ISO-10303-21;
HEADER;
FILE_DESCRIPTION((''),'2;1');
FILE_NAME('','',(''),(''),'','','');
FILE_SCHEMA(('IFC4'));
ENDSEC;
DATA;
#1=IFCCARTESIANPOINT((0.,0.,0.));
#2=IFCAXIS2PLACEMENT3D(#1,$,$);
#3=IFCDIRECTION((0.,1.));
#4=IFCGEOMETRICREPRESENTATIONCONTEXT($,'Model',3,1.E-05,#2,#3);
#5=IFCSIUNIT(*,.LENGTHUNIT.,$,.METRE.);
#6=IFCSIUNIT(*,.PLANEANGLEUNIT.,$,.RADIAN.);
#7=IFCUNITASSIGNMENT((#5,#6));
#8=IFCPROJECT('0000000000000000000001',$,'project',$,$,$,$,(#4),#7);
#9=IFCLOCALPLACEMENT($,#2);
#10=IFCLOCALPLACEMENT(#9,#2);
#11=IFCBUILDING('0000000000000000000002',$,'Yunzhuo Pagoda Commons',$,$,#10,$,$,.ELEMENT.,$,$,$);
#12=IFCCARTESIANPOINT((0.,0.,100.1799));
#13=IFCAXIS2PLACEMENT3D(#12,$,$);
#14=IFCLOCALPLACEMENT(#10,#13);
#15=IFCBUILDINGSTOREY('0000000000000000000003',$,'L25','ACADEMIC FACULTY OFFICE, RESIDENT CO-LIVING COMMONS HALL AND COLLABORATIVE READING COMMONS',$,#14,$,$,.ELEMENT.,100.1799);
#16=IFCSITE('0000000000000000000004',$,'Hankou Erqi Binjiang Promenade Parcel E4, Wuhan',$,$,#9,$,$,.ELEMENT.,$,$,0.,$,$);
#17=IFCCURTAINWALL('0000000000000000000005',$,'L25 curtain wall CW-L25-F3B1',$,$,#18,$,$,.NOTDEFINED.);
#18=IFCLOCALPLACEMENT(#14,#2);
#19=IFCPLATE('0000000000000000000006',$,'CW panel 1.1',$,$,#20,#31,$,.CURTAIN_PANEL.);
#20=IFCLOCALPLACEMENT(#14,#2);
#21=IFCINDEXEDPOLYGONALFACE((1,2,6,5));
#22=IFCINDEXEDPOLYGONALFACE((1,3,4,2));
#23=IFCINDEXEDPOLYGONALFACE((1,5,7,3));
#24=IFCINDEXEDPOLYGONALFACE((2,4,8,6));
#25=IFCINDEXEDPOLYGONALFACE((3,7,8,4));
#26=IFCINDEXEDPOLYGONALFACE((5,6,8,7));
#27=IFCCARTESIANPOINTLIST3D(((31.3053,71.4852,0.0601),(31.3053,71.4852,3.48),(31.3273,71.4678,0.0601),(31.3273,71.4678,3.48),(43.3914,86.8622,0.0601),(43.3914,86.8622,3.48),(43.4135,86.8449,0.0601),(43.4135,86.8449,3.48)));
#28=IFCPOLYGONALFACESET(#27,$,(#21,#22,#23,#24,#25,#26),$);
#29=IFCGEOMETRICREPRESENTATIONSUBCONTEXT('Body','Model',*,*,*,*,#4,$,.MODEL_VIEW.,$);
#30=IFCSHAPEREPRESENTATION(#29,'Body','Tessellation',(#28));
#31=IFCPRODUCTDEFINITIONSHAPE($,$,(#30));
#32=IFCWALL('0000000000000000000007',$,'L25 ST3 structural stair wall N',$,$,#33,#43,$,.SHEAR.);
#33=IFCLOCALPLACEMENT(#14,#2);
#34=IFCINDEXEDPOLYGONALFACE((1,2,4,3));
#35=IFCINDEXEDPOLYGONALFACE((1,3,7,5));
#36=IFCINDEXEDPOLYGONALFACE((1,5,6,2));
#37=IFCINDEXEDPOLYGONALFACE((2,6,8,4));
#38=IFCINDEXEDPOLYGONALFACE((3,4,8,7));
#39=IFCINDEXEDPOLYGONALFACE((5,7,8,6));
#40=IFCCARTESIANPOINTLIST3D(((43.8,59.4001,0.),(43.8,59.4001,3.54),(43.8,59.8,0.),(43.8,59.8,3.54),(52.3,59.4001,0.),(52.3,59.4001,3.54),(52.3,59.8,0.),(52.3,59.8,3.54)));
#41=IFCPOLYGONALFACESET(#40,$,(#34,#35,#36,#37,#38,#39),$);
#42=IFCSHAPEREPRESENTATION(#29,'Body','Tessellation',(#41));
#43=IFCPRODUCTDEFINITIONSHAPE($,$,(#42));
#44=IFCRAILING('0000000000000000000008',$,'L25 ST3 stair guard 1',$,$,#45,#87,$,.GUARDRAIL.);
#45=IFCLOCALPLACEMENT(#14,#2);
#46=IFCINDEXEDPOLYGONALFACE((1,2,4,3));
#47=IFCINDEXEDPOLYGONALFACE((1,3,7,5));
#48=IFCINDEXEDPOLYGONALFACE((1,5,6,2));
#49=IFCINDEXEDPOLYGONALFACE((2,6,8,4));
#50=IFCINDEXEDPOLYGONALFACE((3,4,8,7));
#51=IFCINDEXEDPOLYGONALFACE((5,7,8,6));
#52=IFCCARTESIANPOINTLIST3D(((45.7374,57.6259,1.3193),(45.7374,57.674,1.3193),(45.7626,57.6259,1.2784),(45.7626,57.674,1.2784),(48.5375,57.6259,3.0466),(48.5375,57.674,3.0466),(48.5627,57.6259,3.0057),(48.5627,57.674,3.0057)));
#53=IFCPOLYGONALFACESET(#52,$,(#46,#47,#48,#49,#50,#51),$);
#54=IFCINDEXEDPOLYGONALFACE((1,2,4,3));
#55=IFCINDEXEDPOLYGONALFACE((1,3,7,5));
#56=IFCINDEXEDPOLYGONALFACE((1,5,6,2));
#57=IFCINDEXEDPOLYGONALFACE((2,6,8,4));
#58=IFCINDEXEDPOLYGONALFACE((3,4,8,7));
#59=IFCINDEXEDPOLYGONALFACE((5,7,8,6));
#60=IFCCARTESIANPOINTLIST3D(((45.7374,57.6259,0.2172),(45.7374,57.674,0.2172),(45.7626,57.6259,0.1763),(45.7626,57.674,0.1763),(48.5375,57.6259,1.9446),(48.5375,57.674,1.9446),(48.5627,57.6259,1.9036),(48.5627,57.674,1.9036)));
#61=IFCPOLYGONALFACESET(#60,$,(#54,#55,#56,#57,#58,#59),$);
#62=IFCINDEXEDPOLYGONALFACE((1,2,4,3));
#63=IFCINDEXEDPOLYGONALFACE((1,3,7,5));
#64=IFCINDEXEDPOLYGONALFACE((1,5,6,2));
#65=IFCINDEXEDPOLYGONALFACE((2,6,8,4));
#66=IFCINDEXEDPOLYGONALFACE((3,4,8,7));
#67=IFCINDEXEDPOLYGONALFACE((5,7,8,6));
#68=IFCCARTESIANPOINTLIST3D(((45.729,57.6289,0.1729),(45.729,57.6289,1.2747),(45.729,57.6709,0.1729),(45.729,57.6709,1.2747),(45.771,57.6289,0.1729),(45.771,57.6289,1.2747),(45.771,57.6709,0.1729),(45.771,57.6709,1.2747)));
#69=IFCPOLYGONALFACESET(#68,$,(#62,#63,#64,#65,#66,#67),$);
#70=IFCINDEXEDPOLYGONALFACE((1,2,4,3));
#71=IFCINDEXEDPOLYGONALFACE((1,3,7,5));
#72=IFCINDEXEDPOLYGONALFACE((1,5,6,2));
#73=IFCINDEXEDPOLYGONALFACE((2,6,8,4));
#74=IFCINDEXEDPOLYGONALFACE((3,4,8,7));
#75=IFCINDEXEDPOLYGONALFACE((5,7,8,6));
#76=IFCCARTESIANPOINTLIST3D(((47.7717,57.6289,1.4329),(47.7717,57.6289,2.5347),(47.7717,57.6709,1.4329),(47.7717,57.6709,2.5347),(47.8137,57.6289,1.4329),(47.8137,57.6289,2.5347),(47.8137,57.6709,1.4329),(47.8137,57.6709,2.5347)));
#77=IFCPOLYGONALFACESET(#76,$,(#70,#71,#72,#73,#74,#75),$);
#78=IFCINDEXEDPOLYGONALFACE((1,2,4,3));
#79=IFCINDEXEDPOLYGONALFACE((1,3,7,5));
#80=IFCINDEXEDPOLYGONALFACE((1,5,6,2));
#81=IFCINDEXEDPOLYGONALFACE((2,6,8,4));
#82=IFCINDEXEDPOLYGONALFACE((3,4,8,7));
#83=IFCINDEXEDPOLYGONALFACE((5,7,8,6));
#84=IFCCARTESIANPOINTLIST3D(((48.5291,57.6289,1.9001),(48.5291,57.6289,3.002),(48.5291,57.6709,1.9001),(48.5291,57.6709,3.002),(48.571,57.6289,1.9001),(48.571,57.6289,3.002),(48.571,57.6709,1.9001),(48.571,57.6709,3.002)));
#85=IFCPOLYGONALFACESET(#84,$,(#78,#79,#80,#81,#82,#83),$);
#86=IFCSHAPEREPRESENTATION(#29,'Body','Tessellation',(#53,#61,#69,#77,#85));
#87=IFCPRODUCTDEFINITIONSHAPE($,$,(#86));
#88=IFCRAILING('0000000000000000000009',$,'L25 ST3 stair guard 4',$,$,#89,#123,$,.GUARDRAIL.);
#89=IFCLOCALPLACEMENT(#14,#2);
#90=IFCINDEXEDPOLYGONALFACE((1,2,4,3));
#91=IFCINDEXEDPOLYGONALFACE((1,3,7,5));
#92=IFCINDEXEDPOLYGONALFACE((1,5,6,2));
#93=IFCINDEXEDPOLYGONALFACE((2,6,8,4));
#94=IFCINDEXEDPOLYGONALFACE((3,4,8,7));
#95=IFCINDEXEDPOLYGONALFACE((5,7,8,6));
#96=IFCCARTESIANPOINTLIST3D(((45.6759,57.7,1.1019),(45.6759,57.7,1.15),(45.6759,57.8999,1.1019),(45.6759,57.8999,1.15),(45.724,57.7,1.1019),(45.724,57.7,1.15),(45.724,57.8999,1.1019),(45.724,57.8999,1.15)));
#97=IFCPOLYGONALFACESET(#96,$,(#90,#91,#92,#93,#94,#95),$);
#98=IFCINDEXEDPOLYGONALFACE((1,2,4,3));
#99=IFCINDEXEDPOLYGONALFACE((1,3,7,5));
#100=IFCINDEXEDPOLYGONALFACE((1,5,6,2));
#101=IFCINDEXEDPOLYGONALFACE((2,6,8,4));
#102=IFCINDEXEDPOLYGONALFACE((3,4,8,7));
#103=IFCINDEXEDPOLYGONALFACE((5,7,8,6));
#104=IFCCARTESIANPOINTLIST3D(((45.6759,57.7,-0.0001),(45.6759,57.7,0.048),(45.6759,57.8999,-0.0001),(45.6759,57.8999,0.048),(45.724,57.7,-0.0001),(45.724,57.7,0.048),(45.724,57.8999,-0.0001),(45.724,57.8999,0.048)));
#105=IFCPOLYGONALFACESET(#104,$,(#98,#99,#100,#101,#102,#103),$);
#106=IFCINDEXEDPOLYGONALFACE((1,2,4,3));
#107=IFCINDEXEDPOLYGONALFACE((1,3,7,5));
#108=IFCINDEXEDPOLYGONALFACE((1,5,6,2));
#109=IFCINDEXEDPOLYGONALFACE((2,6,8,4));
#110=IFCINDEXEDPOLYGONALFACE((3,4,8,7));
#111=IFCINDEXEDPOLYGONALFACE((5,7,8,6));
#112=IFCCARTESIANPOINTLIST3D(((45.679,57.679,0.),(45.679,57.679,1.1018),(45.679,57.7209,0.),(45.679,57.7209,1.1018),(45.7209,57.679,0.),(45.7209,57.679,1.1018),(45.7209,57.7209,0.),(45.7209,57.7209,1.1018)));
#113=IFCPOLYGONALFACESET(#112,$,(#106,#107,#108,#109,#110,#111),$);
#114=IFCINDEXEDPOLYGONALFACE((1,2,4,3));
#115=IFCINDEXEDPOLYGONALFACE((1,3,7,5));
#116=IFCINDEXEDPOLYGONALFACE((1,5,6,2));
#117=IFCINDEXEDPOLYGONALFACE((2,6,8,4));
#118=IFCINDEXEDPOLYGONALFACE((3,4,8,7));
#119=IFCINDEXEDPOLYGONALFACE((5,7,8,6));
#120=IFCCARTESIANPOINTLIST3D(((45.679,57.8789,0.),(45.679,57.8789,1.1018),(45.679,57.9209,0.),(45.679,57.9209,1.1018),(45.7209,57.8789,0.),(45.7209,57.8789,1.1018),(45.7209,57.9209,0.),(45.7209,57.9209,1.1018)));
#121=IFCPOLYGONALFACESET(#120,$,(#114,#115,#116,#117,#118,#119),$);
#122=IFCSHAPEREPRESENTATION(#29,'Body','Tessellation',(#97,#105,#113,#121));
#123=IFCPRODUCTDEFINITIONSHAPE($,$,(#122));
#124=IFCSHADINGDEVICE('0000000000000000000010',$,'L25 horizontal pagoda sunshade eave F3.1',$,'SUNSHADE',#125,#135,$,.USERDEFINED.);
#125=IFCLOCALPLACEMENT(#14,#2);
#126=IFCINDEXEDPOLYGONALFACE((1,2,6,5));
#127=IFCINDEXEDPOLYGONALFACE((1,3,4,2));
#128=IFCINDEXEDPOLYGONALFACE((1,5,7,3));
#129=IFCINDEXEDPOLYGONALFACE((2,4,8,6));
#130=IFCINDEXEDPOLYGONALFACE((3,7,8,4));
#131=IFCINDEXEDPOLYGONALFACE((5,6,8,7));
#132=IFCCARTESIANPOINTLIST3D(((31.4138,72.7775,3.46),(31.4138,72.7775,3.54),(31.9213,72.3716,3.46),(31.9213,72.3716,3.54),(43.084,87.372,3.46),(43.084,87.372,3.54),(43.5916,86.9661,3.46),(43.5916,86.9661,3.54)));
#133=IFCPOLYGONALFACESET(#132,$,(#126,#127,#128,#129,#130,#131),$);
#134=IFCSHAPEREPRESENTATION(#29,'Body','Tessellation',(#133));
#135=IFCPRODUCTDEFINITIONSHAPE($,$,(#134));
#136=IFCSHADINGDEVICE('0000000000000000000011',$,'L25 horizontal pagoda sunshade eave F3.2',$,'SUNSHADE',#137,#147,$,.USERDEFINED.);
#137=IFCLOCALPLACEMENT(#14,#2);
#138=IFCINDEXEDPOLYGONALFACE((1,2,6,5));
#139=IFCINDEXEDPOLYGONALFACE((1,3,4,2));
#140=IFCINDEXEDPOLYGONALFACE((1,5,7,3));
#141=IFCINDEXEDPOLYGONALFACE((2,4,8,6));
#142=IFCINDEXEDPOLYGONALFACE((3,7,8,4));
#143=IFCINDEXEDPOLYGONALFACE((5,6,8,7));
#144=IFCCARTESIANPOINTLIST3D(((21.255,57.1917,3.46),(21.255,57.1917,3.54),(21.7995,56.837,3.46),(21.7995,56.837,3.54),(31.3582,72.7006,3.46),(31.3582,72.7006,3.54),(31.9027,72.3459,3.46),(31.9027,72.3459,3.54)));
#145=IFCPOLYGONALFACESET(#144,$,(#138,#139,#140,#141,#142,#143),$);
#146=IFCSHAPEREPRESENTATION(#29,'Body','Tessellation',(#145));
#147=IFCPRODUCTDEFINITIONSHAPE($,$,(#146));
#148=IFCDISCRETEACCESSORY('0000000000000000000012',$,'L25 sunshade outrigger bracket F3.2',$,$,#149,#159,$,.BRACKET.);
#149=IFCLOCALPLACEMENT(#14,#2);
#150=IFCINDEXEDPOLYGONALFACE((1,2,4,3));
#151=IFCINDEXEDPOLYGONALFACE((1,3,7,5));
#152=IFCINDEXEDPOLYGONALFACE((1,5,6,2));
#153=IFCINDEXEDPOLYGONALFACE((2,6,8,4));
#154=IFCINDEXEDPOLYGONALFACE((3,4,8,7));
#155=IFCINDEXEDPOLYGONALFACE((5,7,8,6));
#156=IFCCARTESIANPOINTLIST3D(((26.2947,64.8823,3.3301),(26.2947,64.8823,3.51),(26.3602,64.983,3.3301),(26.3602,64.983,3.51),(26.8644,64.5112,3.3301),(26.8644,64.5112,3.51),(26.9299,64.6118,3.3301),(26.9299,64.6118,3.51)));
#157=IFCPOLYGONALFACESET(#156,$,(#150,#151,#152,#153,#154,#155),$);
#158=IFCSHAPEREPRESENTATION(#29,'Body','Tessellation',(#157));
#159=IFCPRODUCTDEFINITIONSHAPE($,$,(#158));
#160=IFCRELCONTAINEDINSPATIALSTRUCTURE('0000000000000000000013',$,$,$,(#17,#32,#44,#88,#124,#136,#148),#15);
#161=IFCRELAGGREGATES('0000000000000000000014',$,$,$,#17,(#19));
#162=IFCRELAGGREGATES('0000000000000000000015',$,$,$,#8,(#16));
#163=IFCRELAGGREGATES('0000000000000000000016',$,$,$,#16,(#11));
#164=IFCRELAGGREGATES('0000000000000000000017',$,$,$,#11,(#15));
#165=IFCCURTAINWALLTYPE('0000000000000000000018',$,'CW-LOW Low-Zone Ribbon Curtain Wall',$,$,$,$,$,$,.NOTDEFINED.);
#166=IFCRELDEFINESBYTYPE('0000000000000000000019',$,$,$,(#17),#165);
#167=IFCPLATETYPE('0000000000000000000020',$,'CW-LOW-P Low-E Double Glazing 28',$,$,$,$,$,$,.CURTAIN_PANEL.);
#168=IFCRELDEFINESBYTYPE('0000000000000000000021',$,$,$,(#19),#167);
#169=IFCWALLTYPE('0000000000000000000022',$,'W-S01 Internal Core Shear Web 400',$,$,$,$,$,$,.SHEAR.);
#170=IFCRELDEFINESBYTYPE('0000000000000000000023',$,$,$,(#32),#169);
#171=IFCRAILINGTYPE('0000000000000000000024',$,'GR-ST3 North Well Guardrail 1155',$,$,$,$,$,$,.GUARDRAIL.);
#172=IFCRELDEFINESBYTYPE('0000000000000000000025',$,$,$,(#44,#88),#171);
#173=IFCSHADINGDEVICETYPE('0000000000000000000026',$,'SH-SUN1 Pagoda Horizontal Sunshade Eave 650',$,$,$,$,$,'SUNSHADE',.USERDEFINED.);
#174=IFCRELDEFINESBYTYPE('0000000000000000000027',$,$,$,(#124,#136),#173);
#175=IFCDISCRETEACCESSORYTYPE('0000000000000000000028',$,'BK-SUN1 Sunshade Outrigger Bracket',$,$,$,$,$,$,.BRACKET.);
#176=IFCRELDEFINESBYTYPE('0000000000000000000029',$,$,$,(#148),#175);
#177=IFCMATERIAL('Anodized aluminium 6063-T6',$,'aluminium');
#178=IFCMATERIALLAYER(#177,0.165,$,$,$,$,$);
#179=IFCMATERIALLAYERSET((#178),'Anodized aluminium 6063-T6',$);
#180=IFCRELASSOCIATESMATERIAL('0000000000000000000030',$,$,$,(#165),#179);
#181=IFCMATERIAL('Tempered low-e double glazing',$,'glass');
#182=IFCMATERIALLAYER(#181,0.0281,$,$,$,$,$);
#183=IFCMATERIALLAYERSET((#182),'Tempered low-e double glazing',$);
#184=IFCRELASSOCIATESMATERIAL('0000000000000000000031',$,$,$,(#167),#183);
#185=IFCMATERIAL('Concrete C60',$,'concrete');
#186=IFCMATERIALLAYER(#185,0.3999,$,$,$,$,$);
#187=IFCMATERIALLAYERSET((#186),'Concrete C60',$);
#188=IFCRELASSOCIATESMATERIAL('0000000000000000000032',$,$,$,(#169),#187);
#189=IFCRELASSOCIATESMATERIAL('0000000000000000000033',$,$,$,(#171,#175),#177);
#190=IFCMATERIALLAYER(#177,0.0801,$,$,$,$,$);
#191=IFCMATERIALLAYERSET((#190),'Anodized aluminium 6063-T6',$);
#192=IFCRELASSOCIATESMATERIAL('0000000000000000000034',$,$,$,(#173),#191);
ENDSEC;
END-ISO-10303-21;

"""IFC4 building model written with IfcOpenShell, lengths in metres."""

from ifc_helpers import new_model, si_unit, direction, frame, frame_2d, origin, origin_2d, place, context, subcontext, project, spatial, rectangle, extrude, source, transform, mapped, material, layer, layer_set, type_object, element, aggregate, save


model = new_model("IFC4")

# Units and contexts
model_context = context("Model", 3, precision=1e-05, world=origin(), true_north=direction((0.0, 1.0)))
body_context = subcontext(model_context, "Body", "Model", "MODEL_VIEW")
ifc_project = project(units=[si_unit("LENGTHUNIT", "METRE"), si_unit("PLANEANGLEUNIT", "RADIAN")], contexts=[model_context])

# Site, building, storey
site_placement = place(None, origin())
site = spatial("IfcSite", under=ifc_project, at=site_placement, Name="Hankou Erqi Binjiang Promenade Parcel E4, Wuhan", CompositionType="ELEMENT", RefElevation=0.0)
building_placement = place(site_placement, origin())
building = spatial("IfcBuilding", under=site, at=building_placement, Name="Yunzhuo Pagoda Commons", CompositionType="ELEMENT")
storey_placement = place(building_placement, frame((0.0, 0.0, 100.1799)))
storey = spatial("IfcBuildingStorey", under=building, at=storey_placement, Name="L25", Description="ACADEMIC FACULTY OFFICE, RESIDENT CO-LIVING COMMONS HALL AND COLLABORATIVE READING COMMONS", CompositionType="ELEMENT", Elevation=100.1799)

# Curtain wall
ifc_material_1 = material(Name="Anodized aluminium 6063-T6", Category="aluminium")
ifc_layer_1 = layer(ifc_material_1, 0.165)
ifc_layer_set_1 = layer_set([ifc_layer_1], Name="Anodized aluminium 6063-T6")
curtain_wall_type = type_object("IfcCurtainWallType", Name="CW-LOW Low-Zone Ribbon Curtain Wall", PredefinedType="NOTDEFINED", material=ifc_layer_set_1)
curtain_wall_1_placement = place(storey_placement, origin())
curtain_wall_1 = element("IfcCurtainWall", 1, at=curtain_wall_1_placement, inside=storey, type_object=curtain_wall_type, Name="L25 curtain wall CW-L25-F3B1", PredefinedType="NOTDEFINED")

# Plate
ifc_material_2 = material(Name="Tempered low-e double glazing", Category="glass")
ifc_layer_2 = layer(ifc_material_2, 0.0281)
ifc_layer_set_2 = layer_set([ifc_layer_2], Name="Tempered low-e double glazing")
plate_type_1 = type_object("IfcPlateType", Name="CW-LOW-P Low-E Double Glazing 28", PredefinedType="CURTAIN_PANEL", material=ifc_layer_set_2)
shared_shape_1 = source(origin(), body_context, "Body", "SweptSolid", [
    extrude(rectangle(XDim=19.5583, YDim=0.0281, at=origin_2d()), origin(), (0.0, 0.0, 1.0), 3.4199),
])
plate_1_placement = place(storey_placement, frame((37.3594, 79.165, 0.0601), z_axis=(0.0, 0.0, 1.0), x_axis=(-0.617953, -0.786215, 0.0)))
plate_1 = element("IfcPlate", 2, at=plate_1_placement, type_object=plate_type_1, Name="CW panel 1.1", PredefinedType="CURTAIN_PANEL", context=body_context, shape_type="MappedRepresentation", body=[
    mapped(shared_shape_1, transform((0.0, 0.0, 0.0), scale=1.0)),
])
aggregate(curtain_wall_1, [plate_1])

# Wall
ifc_material_3 = material(Name="Concrete C60", Category="concrete")
ifc_layer_3 = layer(ifc_material_3, 0.3999)
ifc_layer_set_3 = layer_set([ifc_layer_3], Name="Concrete C60")
wall_type = type_object("IfcWallType", Name="W-S01 Internal Core Shear Web 400", PredefinedType="SHEAR", material=ifc_layer_set_3)
wall_placement = place(storey_placement, frame((43.8, 59.6001, 0.0), z_axis=(0.0, 0.0, 1.0), x_axis=(1.0, 0.0, 0.0)))
element("IfcWall", 3, at=wall_placement, inside=storey, type_object=wall_type, Name="L25 ST3 structural stair wall N", PredefinedType="SHEAR", context=body_context, shape_type="SweptSolid", body=[
    extrude(rectangle(XDim=8.5, YDim=0.3999, at=frame_2d((4.25, 0.0))), origin(), (0.0, 0.0, 1.0), 3.54),
])

# Railings
railing_type = type_object("IfcRailingType", Name="GR-ST3 North Well Guardrail 1155", PredefinedType="GUARDRAIL", material=ifc_material_1)
railing_1_placement = place(storey_placement, frame((45.75, 57.6499, 0.1729)))
element("IfcRailing", 4, at=railing_1_placement, inside=storey, type_object=railing_type, Name="L25 ST3 stair guard 1", PredefinedType="GUARDRAIL", context=body_context, shape_type="SweptSolid", body=[
    extrude(rectangle(XDim=0.0481, YDim=0.0481, at=origin_2d()), frame((0.0, 0.0, 1.126), z_axis=(0.85109, 0.0, 0.52502), x_axis=(0.0, 1.0, 0.0)), (0.0, 0.0, 1.0), 3.29),
    extrude(rectangle(XDim=0.0481, YDim=0.0481, at=origin_2d()), frame((0.0, 0.0, 0.0239), z_axis=(0.85109, 0.0, 0.52502), x_axis=(0.0, 1.0, 0.0)), (0.0, 0.0, 1.0), 3.29),
    extrude(rectangle(XDim=0.042, YDim=0.042, at=origin_2d()), origin(), (0.0, 0.0, 1.0), 1.1018),
    extrude(rectangle(XDim=0.042, YDim=0.042, at=origin_2d()), frame((2.0427, 0.0, 1.26)), (0.0, 0.0, 1.0), 1.1018),
    extrude(rectangle(XDim=0.042, YDim=0.042, at=origin_2d()), frame((2.8, 0.0, 1.7273)), (0.0, 0.0, 1.0), 1.1018),
])
railing_2_placement = place(storey_placement, frame((45.7, 57.7, 0.0)))
element("IfcRailing", 5, at=railing_2_placement, inside=storey, type_object=railing_type, Name="L25 ST3 stair guard 4", PredefinedType="GUARDRAIL", context=body_context, shape_type="SweptSolid", body=[
    extrude(rectangle(XDim=0.0481, YDim=0.0481, at=origin_2d()), frame((0.0, 0.0, 1.126), z_axis=(0.0, 1.0, 0.0), x_axis=(-1.0, 0.0, 0.0)), (0.0, 0.0, 1.0), 0.2),
    extrude(rectangle(XDim=0.0481, YDim=0.0481, at=origin_2d()), frame((0.0, 0.0, 0.0239), z_axis=(0.0, 1.0, 0.0), x_axis=(-1.0, 0.0, 0.0)), (0.0, 0.0, 1.0), 0.2),
    extrude(rectangle(XDim=0.042, YDim=0.042, at=origin_2d()), origin(), (0.0, 0.0, 1.0), 1.1018),
    extrude(rectangle(XDim=0.042, YDim=0.042, at=origin_2d()), frame((0.0, 0.2, 0.0)), (0.0, 0.0, 1.0), 1.1018),
])

# Shading devices
ifc_layer_4 = layer(ifc_material_1, 0.0801)
ifc_layer_set_4 = layer_set([ifc_layer_4], Name="Anodized aluminium 6063-T6")
shading_device_type = type_object("IfcShadingDeviceType", Name="SH-SUN1 Pagoda Horizontal Sunshade Eave 650", ElementType="SUNSHADE", PredefinedType="USERDEFINED", material=ifc_layer_set_4)
shared_shape_2 = source(origin(), body_context, "Body", "SweptSolid", [
    extrude(rectangle(XDim=18.6868, YDim=0.6499, at=origin_2d()), origin(), (0.0, 0.0, 1.0), 0.0801),
])
shading_device_1_placement = place(storey_placement, frame((37.5027, 79.8718, 3.46), z_axis=(0.0, 0.0, 1.0), x_axis=(-0.62452, -0.781008, 0.0)))
element("IfcShadingDevice", 6, at=shading_device_1_placement, inside=storey, type_object=shading_device_type, Name="L25 horizontal pagoda sunshade eave F3.1", ObjectType="SUNSHADE", PredefinedType="USERDEFINED", context=body_context, shape_type="MappedRepresentation", body=[
    mapped(shared_shape_2, transform((0.0, 0.0, 0.0), scale=1.0)),
])
shared_shape_3 = source(origin(), body_context, "Body", "SweptSolid", [
    extrude(rectangle(XDim=18.5095, YDim=0.6499, at=origin_2d()), origin(), (0.0, 0.0, 1.0), 0.0801),
])
shading_device_2_placement = place(storey_placement, frame((26.5789, 64.7688, 3.46), z_axis=(0.0, 0.0, 1.0), x_axis=(-0.545839, -0.83789, 0.0)))
element("IfcShadingDevice", 7, at=shading_device_2_placement, inside=storey, type_object=shading_device_type, Name="L25 horizontal pagoda sunshade eave F3.2", ObjectType="SUNSHADE", PredefinedType="USERDEFINED", context=body_context, shape_type="MappedRepresentation", body=[
    mapped(shared_shape_3, transform((0.0, 0.0, 0.0), scale=1.0)),
])

# Discrete accessory
discrete_accessory_type = type_object("IfcDiscreteAccessoryType", Name="BK-SUN1 Sunshade Outrigger Bracket", PredefinedType="BRACKET", material=ifc_material_1)
shared_shape_4 = source(origin(), body_context, "Body", "SweptSolid", [
    extrude(rectangle(XDim=0.1201, YDim=0.6799, at=origin_2d()), origin(), (0.0, 0.0, 1.0), 0.1799),
])
discrete_accessory_placement = place(storey_placement, frame((26.6123, 64.7471, 3.3301), z_axis=(0.0, 0.0, 1.0), x_axis=(-0.545839, -0.83789, 0.0)))
element("IfcDiscreteAccessory", 8, at=discrete_accessory_placement, inside=storey, type_object=discrete_accessory_type, Name="L25 sunshade outrigger bracket F3.2", PredefinedType="BRACKET", context=body_context, shape_type="MappedRepresentation", body=[
    mapped(shared_shape_4, transform((0.0, 0.0, 0.0), scale=1.0)),
])

save(model, "model.ifc")
